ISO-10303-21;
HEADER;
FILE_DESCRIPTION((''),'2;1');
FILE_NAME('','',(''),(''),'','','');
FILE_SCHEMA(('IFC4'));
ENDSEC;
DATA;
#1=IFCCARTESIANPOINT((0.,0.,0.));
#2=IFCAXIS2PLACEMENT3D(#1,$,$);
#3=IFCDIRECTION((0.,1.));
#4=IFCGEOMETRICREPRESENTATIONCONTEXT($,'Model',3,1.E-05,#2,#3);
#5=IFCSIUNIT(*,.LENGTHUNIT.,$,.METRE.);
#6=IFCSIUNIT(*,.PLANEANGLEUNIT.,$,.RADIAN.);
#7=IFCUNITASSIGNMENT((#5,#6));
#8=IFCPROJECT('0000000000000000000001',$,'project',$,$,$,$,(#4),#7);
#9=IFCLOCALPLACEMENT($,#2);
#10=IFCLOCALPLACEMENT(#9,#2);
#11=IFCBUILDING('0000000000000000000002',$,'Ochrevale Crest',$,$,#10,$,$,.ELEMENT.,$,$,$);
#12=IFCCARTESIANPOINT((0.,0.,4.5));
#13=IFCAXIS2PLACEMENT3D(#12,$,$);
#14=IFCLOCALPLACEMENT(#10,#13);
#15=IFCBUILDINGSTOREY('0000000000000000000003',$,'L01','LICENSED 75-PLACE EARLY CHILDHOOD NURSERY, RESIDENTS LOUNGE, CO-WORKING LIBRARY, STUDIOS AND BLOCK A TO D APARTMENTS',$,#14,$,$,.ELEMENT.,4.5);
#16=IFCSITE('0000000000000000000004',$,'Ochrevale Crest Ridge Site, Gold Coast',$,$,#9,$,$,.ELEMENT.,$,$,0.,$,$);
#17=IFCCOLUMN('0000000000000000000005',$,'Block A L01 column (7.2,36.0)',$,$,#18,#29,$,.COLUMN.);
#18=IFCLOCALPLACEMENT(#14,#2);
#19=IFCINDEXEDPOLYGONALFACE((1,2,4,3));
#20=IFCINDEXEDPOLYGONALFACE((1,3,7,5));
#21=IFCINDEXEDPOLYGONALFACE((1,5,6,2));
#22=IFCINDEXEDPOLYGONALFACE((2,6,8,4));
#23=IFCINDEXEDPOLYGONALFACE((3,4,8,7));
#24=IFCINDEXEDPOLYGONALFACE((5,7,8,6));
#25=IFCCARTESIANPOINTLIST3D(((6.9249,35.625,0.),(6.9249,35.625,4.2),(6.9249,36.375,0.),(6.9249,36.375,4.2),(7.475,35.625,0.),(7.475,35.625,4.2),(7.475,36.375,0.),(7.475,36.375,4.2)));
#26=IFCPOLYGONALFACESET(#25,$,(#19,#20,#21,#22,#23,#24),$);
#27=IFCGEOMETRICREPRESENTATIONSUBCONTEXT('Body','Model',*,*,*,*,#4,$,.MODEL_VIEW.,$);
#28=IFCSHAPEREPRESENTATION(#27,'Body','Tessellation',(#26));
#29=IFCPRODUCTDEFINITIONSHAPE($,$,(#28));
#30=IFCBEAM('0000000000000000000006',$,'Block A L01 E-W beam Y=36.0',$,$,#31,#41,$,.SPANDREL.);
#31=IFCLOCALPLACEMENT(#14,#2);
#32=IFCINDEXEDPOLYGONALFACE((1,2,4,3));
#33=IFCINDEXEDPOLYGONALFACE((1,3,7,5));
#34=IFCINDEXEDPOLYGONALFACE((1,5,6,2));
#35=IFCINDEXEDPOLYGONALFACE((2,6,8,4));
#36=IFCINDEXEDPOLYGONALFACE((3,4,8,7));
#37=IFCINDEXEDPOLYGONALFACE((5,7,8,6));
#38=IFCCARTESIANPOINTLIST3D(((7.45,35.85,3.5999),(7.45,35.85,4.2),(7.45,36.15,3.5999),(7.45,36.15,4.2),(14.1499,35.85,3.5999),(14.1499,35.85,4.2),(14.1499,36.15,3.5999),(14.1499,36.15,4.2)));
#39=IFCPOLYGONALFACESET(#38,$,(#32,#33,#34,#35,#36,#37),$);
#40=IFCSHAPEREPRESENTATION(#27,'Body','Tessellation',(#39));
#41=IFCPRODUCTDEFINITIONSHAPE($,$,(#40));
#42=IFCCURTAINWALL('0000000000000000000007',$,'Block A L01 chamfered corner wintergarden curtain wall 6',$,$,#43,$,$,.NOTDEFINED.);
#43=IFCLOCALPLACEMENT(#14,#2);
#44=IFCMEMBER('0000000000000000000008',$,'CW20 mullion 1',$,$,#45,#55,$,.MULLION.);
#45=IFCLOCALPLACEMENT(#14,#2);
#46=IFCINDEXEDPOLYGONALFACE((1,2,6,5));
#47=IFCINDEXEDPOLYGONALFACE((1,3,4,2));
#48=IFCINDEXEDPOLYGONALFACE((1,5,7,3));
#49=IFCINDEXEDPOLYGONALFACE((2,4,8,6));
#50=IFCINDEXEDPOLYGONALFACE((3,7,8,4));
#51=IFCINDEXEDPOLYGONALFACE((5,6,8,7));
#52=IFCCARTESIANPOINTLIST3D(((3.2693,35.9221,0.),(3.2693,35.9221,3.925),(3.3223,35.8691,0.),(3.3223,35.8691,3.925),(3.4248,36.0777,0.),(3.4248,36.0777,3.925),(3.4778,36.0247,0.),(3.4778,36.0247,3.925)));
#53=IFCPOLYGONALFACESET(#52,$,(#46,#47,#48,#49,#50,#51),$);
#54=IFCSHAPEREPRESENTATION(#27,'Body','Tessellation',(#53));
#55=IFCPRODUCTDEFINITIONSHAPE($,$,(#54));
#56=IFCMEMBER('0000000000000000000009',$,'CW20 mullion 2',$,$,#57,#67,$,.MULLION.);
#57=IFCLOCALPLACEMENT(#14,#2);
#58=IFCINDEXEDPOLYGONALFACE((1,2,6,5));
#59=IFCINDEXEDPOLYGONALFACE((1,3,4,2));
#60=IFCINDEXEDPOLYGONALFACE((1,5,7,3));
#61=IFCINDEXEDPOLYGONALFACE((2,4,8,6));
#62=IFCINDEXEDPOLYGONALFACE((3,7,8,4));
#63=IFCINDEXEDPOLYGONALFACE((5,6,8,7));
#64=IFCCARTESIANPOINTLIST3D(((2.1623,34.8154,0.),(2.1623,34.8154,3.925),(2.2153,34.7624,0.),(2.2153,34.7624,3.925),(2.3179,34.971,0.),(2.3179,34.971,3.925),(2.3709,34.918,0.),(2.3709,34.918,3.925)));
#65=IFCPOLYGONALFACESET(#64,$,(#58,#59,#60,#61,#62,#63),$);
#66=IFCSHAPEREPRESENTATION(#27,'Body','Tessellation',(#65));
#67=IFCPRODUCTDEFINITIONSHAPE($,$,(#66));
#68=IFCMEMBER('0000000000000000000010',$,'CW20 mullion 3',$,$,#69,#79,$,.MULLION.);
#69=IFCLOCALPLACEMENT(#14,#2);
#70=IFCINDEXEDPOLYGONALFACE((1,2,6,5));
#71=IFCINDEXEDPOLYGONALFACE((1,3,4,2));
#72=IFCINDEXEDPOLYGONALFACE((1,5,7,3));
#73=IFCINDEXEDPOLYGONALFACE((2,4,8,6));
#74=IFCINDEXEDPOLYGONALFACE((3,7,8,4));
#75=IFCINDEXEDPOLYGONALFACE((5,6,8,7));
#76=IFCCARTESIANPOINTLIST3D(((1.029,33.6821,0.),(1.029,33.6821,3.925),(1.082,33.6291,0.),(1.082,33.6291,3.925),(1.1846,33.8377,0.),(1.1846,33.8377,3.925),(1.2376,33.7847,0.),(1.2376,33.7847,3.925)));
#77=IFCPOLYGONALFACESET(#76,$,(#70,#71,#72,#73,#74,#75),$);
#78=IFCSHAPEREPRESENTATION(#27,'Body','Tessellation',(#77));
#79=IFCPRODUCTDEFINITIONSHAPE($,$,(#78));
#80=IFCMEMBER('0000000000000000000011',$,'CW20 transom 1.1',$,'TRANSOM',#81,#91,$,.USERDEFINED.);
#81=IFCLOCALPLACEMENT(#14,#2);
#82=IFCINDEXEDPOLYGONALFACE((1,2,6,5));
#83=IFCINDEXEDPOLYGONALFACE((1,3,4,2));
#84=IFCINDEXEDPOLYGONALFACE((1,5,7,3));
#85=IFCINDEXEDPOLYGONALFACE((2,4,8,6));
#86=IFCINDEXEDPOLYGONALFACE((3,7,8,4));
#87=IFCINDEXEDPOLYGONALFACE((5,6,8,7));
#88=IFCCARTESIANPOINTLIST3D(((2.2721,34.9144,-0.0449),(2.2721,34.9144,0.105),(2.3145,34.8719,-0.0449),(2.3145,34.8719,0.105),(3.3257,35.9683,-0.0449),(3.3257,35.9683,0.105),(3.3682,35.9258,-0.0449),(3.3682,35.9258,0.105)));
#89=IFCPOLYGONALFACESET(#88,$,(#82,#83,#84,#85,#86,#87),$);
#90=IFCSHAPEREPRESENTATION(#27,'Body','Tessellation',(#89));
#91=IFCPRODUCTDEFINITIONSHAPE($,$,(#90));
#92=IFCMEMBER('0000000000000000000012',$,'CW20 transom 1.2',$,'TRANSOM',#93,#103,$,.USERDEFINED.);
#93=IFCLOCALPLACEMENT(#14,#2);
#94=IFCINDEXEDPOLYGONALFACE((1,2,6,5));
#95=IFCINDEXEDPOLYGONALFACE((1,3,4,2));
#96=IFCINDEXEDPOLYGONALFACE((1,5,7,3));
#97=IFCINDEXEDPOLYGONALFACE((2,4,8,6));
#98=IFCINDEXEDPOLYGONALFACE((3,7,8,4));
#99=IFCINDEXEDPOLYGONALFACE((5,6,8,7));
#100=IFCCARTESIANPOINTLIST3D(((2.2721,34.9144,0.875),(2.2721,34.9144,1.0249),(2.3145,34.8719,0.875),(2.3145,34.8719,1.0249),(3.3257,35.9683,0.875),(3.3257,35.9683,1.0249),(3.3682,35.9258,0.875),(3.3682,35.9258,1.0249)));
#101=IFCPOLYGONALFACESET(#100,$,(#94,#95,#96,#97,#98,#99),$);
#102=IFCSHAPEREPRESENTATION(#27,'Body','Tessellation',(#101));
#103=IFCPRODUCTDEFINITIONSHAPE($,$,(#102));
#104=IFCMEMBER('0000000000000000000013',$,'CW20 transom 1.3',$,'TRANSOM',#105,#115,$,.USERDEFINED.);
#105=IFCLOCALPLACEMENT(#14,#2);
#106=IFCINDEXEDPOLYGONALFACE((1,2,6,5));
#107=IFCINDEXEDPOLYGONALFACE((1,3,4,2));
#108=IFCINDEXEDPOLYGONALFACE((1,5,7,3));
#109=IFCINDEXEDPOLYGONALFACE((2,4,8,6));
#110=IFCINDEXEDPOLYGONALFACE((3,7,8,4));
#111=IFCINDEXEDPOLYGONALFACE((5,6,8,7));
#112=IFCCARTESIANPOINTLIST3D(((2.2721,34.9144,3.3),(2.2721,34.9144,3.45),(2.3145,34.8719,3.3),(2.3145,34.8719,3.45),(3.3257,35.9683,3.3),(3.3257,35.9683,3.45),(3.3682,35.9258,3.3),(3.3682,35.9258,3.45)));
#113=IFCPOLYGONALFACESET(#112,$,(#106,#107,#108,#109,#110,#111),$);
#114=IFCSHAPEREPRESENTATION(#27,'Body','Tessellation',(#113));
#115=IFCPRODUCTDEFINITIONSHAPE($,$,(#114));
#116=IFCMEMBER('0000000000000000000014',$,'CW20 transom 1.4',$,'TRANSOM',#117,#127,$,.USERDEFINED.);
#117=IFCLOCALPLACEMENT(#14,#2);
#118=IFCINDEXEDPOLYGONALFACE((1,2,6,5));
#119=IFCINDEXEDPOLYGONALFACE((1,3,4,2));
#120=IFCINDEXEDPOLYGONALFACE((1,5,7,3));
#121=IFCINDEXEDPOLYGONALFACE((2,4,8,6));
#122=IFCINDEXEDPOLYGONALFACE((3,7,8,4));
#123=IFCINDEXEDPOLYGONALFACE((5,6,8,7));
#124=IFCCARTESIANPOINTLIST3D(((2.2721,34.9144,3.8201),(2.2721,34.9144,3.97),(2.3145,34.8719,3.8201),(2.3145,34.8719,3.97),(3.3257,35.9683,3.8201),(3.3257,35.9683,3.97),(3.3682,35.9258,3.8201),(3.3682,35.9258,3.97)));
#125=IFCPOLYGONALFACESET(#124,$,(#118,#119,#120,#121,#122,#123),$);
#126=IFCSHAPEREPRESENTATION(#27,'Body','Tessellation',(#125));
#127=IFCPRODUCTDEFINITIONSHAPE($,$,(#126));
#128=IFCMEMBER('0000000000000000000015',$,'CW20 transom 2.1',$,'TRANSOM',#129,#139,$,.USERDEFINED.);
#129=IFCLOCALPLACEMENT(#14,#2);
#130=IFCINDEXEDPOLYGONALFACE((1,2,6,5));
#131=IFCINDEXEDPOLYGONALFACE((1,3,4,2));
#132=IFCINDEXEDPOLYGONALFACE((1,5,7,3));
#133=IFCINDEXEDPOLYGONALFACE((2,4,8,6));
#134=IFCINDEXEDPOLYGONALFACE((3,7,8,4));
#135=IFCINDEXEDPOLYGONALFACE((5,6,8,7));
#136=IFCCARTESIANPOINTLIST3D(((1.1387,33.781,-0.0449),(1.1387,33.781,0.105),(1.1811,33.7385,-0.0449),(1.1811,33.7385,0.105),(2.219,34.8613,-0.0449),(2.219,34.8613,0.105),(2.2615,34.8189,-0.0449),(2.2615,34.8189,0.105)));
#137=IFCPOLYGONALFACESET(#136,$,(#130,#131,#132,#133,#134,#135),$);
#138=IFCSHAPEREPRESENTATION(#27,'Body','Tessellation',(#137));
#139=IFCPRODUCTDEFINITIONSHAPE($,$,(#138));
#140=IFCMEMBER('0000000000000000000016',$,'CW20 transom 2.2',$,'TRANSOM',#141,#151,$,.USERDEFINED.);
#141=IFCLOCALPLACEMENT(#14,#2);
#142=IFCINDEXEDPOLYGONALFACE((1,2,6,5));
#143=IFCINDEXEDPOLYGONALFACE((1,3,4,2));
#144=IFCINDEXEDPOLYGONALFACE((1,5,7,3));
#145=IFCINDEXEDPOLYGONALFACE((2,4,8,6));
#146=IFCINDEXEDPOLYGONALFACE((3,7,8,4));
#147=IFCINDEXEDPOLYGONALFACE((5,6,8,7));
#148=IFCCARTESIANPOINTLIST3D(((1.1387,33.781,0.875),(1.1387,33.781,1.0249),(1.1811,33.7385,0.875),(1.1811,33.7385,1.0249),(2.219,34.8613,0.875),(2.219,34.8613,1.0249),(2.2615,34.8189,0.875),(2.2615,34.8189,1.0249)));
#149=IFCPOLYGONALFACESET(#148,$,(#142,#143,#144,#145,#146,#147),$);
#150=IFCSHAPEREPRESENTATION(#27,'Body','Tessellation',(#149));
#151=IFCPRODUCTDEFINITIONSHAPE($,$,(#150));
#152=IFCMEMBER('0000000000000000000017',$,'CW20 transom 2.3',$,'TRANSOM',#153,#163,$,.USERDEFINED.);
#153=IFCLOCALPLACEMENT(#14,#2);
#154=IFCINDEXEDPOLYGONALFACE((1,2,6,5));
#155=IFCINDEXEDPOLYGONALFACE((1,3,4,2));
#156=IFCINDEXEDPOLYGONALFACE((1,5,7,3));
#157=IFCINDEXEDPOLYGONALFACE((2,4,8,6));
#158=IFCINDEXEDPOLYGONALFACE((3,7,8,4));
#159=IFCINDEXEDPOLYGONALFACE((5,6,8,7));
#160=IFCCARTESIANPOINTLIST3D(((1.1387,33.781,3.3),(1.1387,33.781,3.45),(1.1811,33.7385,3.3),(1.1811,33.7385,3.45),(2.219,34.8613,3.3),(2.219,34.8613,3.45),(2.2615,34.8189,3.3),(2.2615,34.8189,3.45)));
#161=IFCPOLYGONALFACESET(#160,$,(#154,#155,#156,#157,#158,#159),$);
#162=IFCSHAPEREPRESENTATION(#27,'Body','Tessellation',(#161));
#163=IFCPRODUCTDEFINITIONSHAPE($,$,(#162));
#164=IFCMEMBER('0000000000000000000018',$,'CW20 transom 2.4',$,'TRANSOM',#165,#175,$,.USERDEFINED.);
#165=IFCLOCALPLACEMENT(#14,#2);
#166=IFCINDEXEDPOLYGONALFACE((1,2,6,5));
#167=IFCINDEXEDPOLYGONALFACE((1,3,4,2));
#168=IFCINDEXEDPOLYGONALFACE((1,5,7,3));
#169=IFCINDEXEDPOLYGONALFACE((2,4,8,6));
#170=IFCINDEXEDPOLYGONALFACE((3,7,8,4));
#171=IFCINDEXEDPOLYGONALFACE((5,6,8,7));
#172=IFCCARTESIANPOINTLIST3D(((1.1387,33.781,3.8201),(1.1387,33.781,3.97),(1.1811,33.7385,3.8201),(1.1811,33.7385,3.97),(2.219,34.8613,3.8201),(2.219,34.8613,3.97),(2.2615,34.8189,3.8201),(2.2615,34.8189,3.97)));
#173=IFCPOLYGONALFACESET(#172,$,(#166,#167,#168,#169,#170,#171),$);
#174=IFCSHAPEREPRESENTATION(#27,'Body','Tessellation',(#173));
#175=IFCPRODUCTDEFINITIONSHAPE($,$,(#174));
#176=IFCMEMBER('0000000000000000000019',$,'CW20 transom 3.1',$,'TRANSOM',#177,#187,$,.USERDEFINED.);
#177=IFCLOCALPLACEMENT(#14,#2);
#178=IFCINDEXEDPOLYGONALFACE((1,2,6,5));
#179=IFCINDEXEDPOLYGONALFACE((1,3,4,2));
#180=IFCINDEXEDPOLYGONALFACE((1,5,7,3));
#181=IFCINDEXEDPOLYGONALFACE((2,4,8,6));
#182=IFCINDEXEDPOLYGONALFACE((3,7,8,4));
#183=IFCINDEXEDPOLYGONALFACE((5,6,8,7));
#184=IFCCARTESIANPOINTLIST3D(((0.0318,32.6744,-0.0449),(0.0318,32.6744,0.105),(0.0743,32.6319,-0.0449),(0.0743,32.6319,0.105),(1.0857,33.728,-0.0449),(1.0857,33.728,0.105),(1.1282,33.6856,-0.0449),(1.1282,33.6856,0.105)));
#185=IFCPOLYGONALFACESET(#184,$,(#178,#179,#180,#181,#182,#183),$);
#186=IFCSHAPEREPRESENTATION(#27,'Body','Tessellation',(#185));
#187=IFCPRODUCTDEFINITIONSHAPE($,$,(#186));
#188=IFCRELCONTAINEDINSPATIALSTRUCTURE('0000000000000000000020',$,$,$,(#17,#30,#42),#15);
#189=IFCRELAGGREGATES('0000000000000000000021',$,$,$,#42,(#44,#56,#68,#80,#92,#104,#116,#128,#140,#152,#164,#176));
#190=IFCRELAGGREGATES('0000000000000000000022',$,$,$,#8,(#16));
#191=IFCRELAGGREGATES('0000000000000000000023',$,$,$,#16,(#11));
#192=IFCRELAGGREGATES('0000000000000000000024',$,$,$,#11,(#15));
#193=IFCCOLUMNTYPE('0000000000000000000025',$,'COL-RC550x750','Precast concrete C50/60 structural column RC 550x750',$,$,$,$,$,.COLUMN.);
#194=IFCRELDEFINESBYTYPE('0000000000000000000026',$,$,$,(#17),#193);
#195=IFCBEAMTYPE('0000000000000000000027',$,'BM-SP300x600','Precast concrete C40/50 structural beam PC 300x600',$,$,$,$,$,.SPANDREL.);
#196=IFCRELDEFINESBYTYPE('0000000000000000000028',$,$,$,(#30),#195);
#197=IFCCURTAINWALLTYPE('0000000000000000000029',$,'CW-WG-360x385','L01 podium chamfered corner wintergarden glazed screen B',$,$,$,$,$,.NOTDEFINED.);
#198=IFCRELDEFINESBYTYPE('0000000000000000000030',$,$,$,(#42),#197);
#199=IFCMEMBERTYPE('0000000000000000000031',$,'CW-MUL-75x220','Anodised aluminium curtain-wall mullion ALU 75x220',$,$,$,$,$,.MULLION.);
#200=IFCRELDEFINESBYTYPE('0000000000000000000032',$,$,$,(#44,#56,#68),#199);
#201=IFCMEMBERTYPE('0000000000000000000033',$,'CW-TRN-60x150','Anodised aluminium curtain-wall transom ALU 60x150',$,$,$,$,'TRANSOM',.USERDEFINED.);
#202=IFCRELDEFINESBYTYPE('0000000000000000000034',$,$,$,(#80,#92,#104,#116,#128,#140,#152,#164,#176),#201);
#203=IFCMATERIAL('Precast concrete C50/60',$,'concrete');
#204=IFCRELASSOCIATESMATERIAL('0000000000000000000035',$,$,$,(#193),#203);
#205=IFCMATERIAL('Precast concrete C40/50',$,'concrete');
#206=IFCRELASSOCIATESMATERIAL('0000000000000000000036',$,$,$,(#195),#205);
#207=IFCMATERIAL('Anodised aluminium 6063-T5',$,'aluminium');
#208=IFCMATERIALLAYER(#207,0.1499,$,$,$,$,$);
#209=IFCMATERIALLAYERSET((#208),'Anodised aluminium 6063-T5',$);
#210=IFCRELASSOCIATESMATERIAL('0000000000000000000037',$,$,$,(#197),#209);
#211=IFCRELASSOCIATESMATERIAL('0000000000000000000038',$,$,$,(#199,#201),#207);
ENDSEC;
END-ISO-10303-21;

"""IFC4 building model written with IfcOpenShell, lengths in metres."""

from ifc_helpers import new_model, si_unit, direction, frame, origin, origin_2d, place, context, subcontext, project, spatial, rectangle, extrude, material, layer, layer_set, material_profile, profile_set, type_object, element, aggregate, save


model = new_model("IFC4")

# Units and contexts
model_context = context("Model", 3, precision=1e-05, world=origin(), true_north=direction((0.0, 1.0)))
body_context = subcontext(model_context, "Body", "Model", "MODEL_VIEW")
ifc_project = project(units=[si_unit("LENGTHUNIT", "METRE"), si_unit("PLANEANGLEUNIT", "RADIAN")], contexts=[model_context])

# Site, building, storey
site_placement = place(None, origin())
site = spatial("IfcSite", under=ifc_project, at=site_placement, Name="Ochrevale Crest Ridge Site, Gold Coast", CompositionType="ELEMENT", RefElevation=0.0)
building_placement = place(site_placement, origin())
building = spatial("IfcBuilding", under=site, at=building_placement, Name="Ochrevale Crest", CompositionType="ELEMENT")
storey_placement = place(building_placement, frame((0.0, 0.0, 4.5)))
storey = spatial("IfcBuildingStorey", under=building, at=storey_placement, Name="L01", Description="LICENSED 75-PLACE EARLY CHILDHOOD NURSERY, RESIDENTS LOUNGE, CO-WORKING LIBRARY, STUDIOS AND BLOCK A TO D APARTMENTS", CompositionType="ELEMENT", Elevation=4.5)

# Column
ifc_material_1 = material(Name="Precast concrete C50/60", Category="concrete")
ifc_material_profile_1 = material_profile(ifc_material_1, rectangle(XDim=0.55, YDim=0.75, at=origin_2d()), Name="RC 550x750")
ifc_profile_set_1 = profile_set([ifc_material_profile_1], Name="Precast concrete C50/60")
column_type = type_object("IfcColumnType", Name="COL-RC550x750", Description="Precast concrete C50/60 structural column RC 550x750", PredefinedType="COLUMN", material=ifc_profile_set_1)
column_placement = place(storey_placement, frame((7.2, 36.0, 0.0), z_axis=(0.0, 0.0, 1.0), x_axis=(1.0, 0.0, 0.0)))
element("IfcColumn", 1, at=column_placement, inside=storey, type_object=column_type, Name="Block A L01 column (7.2,36.0)", PredefinedType="COLUMN", context=body_context, shape_type="SweptSolid", body=[
    extrude(rectangle(XDim=0.55, YDim=0.75, at=origin_2d()), origin(), (0.0, 0.0, 1.0), 4.2),
])

# Beam
ifc_material_2 = material(Name="Precast concrete C40/50", Category="concrete")
ifc_material_profile_2 = material_profile(ifc_material_2, rectangle(XDim=0.3, YDim=0.6001, at=origin_2d()), Name="PC 300x600")
ifc_profile_set_2 = profile_set([ifc_material_profile_2], Name="Precast concrete C40/50")
beam_type = type_object("IfcBeamType", Name="BM-SP300x600", Description="Precast concrete C40/50 structural beam PC 300x600", PredefinedType="SPANDREL", material=ifc_profile_set_2)
beam_placement = place(storey_placement, frame((7.45, 36.0, 3.8999), z_axis=(1.0, 0.0, 0.0), x_axis=(0.0, 1.0, 0.0)))
element("IfcBeam", 2, at=beam_placement, inside=storey, type_object=beam_type, Name="Block A L01 E-W beam Y=36.0", PredefinedType="SPANDREL", context=body_context, shape_type="SweptSolid", body=[
    extrude(rectangle(XDim=0.3, YDim=0.6001, at=origin_2d()), origin(), (0.0, 0.0, 1.0), 6.7),
])

# Curtain wall, members
ifc_material_3 = material(Name="Anodised aluminium 6063-T5", Category="aluminium")
ifc_layer_1 = layer(ifc_material_3, 0.1499)
ifc_layer_set_1 = layer_set([ifc_layer_1], Name="Anodised aluminium 6063-T5")
curtain_wall_type = type_object("IfcCurtainWallType", Name="CW-WG-360x385", Description="L01 podium chamfered corner wintergarden glazed screen B", PredefinedType="NOTDEFINED", material=ifc_layer_set_1)
curtain_wall_placement = place(storey_placement, origin())
curtain_wall = element("IfcCurtainWall", 3, at=curtain_wall_placement, inside=storey, type_object=curtain_wall_type, Name="Block A L01 chamfered corner wintergarden curtain wall 6", PredefinedType="NOTDEFINED")
ifc_material_profile_3 = material_profile(ifc_material_3, rectangle(XDim=0.075, YDim=0.22, at=origin_2d()), Name="ALU 75x220")
ifc_profile_set_3 = profile_set([ifc_material_profile_3], Name="Anodised aluminium 6063-T5")
member_type_1 = type_object("IfcMemberType", Name="CW-MUL-75x220", Description="Anodised aluminium curtain-wall mullion ALU 75x220", PredefinedType="MULLION", material=ifc_profile_set_3)
member_1_placement = place(storey_placement, frame((3.3735, 35.9734, 0.0), z_axis=(0.0, 0.0, 1.0), x_axis=(0.707107, -0.707107, 0.0)))
member_1 = element("IfcMember", 4, at=member_1_placement, type_object=member_type_1, Name="CW20 mullion 1", PredefinedType="MULLION", context=body_context, shape_type="SweptSolid", body=[
    extrude(rectangle(XDim=0.075, YDim=0.22, at=origin_2d()), origin(), (0.0, 0.0, 1.0), 3.925),
])
member_2_placement = place(storey_placement, frame((2.2666, 34.8667, 0.0), z_axis=(0.0, 0.0, 1.0), x_axis=(0.707107, -0.707107, 0.0)))
member_2 = element("IfcMember", 5, at=member_2_placement, type_object=member_type_1, Name="CW20 mullion 2", PredefinedType="MULLION", context=body_context, shape_type="SweptSolid", body=[
    extrude(rectangle(XDim=0.075, YDim=0.22, at=origin_2d()), origin(), (0.0, 0.0, 1.0), 3.925),
])
member_3_placement = place(storey_placement, frame((1.1333, 33.7334, 0.0), z_axis=(0.0, 0.0, 1.0), x_axis=(0.707107, -0.707107, 0.0)))
member_3 = element("IfcMember", 6, at=member_3_placement, type_object=member_type_1, Name="CW20 mullion 3", PredefinedType="MULLION", context=body_context, shape_type="SweptSolid", body=[
    extrude(rectangle(XDim=0.075, YDim=0.22, at=origin_2d()), origin(), (0.0, 0.0, 1.0), 3.925),
])
ifc_material_profile_4 = material_profile(ifc_material_3, rectangle(XDim=0.0601, YDim=0.1499, at=origin_2d()), Name="ALU 60x150")
ifc_profile_set_4 = profile_set([ifc_material_profile_4], Name="Anodised aluminium 6063-T5")
member_type_2 = type_object("IfcMemberType", Name="CW-TRN-60x150", Description="Anodised aluminium curtain-wall transom ALU 60x150", ElementType="TRANSOM", PredefinedType="USERDEFINED", material=ifc_profile_set_4)
member_4_placement = place(storey_placement, frame((3.3469, 35.947, 0.03), z_axis=(-0.707025, -0.707189, 0.0), x_axis=(0.707189, -0.707025, 0.0)))
member_4 = element("IfcMember", 7, at=member_4_placement, type_object=member_type_2, Name="CW20 transom 1.1", ObjectType="TRANSOM", PredefinedType="USERDEFINED", context=body_context, shape_type="SweptSolid", body=[
    extrude(rectangle(XDim=0.0601, YDim=0.1499, at=origin_2d()), origin(), (0.0, 0.0, 1.0), 1.4902),
])
member_5_placement = place(storey_placement, frame((3.3469, 35.947, 0.95), z_axis=(-0.707025, -0.707189, 0.0), x_axis=(0.707189, -0.707025, 0.0)))
member_5 = element("IfcMember", 8, at=member_5_placement, type_object=member_type_2, Name="CW20 transom 1.2", ObjectType="TRANSOM", PredefinedType="USERDEFINED", context=body_context, shape_type="SweptSolid", body=[
    extrude(rectangle(XDim=0.0601, YDim=0.1499, at=origin_2d()), origin(), (0.0, 0.0, 1.0), 1.4902),
])
member_6_placement = place(storey_placement, frame((3.3469, 35.947, 3.375), z_axis=(-0.707025, -0.707189, 0.0), x_axis=(0.707189, -0.707025, 0.0)))
member_6 = element("IfcMember", 9, at=member_6_placement, type_object=member_type_2, Name="CW20 transom 1.3", ObjectType="TRANSOM", PredefinedType="USERDEFINED", context=body_context, shape_type="SweptSolid", body=[
    extrude(rectangle(XDim=0.0601, YDim=0.1499, at=origin_2d()), origin(), (0.0, 0.0, 1.0), 1.4902),
])
member_7_placement = place(storey_placement, frame((3.3469, 35.947, 3.895), z_axis=(-0.707025, -0.707189, 0.0), x_axis=(0.707189, -0.707025, 0.0)))
member_7 = element("IfcMember", 10, at=member_7_placement, type_object=member_type_2, Name="CW20 transom 1.4", ObjectType="TRANSOM", PredefinedType="USERDEFINED", context=body_context, shape_type="SweptSolid", body=[
    extrude(rectangle(XDim=0.0601, YDim=0.1499, at=origin_2d()), origin(), (0.0, 0.0, 1.0), 1.4902),
])
member_8_placement = place(storey_placement, frame((2.2402, 34.8401, 0.03), z_axis=(-0.707107, -0.707107, 0.0), x_axis=(0.707107, -0.707107, 0.0)))
member_8 = element("IfcMember", 11, at=member_8_placement, type_object=member_type_2, Name="CW20 transom 2.1", ObjectType="TRANSOM", PredefinedType="USERDEFINED", context=body_context, shape_type="SweptSolid", body=[
    extrude(rectangle(XDim=0.0601, YDim=0.1499, at=origin_2d()), origin(), (0.0, 0.0, 1.0), 1.5278),
])
member_9_placement = place(storey_placement, frame((2.2402, 34.8401, 0.95), z_axis=(-0.707107, -0.707107, 0.0), x_axis=(0.707107, -0.707107, 0.0)))
member_9 = element("IfcMember", 12, at=member_9_placement, type_object=member_type_2, Name="CW20 transom 2.2", ObjectType="TRANSOM", PredefinedType="USERDEFINED", context=body_context, shape_type="SweptSolid", body=[
    extrude(rectangle(XDim=0.0601, YDim=0.1499, at=origin_2d()), origin(), (0.0, 0.0, 1.0), 1.5278),
])
member_10_placement = place(storey_placement, frame((2.2402, 34.8401, 3.375), z_axis=(-0.707107, -0.707107, 0.0), x_axis=(0.707107, -0.707107, 0.0)))
member_10 = element("IfcMember", 13, at=member_10_placement, type_object=member_type_2, Name="CW20 transom 2.3", ObjectType="TRANSOM", PredefinedType="USERDEFINED", context=body_context, shape_type="SweptSolid", body=[
    extrude(rectangle(XDim=0.0601, YDim=0.1499, at=origin_2d()), origin(), (0.0, 0.0, 1.0), 1.5278),
])
member_11_placement = place(storey_placement, frame((2.2402, 34.8401, 3.895), z_axis=(-0.707107, -0.707107, 0.0), x_axis=(0.707107, -0.707107, 0.0)))
member_11 = element("IfcMember", 14, at=member_11_placement, type_object=member_type_2, Name="CW20 transom 2.4", ObjectType="TRANSOM", PredefinedType="USERDEFINED", context=body_context, shape_type="SweptSolid", body=[
    extrude(rectangle(XDim=0.0601, YDim=0.1499, at=origin_2d()), origin(), (0.0, 0.0, 1.0), 1.5278),
])
member_12_placement = place(storey_placement, frame((1.1069, 33.7068, 0.03), z_axis=(-0.707189, -0.707025, 0.0), x_axis=(0.707025, -0.707189, 0.0)))
member_12 = element("IfcMember", 15, at=member_12_placement, type_object=member_type_2, Name="CW20 transom 3.1", ObjectType="TRANSOM", PredefinedType="USERDEFINED", context=body_context, shape_type="SweptSolid", body=[
    extrude(rectangle(XDim=0.0601, YDim=0.1499, at=origin_2d()), origin(), (0.0, 0.0, 1.0), 1.4902),
])
aggregate(curtain_wall, [member_1, member_2, member_3, member_4, member_5, member_6, member_7, member_8, member_9, member_10, member_11, member_12])

save(model, "model.ifc")
